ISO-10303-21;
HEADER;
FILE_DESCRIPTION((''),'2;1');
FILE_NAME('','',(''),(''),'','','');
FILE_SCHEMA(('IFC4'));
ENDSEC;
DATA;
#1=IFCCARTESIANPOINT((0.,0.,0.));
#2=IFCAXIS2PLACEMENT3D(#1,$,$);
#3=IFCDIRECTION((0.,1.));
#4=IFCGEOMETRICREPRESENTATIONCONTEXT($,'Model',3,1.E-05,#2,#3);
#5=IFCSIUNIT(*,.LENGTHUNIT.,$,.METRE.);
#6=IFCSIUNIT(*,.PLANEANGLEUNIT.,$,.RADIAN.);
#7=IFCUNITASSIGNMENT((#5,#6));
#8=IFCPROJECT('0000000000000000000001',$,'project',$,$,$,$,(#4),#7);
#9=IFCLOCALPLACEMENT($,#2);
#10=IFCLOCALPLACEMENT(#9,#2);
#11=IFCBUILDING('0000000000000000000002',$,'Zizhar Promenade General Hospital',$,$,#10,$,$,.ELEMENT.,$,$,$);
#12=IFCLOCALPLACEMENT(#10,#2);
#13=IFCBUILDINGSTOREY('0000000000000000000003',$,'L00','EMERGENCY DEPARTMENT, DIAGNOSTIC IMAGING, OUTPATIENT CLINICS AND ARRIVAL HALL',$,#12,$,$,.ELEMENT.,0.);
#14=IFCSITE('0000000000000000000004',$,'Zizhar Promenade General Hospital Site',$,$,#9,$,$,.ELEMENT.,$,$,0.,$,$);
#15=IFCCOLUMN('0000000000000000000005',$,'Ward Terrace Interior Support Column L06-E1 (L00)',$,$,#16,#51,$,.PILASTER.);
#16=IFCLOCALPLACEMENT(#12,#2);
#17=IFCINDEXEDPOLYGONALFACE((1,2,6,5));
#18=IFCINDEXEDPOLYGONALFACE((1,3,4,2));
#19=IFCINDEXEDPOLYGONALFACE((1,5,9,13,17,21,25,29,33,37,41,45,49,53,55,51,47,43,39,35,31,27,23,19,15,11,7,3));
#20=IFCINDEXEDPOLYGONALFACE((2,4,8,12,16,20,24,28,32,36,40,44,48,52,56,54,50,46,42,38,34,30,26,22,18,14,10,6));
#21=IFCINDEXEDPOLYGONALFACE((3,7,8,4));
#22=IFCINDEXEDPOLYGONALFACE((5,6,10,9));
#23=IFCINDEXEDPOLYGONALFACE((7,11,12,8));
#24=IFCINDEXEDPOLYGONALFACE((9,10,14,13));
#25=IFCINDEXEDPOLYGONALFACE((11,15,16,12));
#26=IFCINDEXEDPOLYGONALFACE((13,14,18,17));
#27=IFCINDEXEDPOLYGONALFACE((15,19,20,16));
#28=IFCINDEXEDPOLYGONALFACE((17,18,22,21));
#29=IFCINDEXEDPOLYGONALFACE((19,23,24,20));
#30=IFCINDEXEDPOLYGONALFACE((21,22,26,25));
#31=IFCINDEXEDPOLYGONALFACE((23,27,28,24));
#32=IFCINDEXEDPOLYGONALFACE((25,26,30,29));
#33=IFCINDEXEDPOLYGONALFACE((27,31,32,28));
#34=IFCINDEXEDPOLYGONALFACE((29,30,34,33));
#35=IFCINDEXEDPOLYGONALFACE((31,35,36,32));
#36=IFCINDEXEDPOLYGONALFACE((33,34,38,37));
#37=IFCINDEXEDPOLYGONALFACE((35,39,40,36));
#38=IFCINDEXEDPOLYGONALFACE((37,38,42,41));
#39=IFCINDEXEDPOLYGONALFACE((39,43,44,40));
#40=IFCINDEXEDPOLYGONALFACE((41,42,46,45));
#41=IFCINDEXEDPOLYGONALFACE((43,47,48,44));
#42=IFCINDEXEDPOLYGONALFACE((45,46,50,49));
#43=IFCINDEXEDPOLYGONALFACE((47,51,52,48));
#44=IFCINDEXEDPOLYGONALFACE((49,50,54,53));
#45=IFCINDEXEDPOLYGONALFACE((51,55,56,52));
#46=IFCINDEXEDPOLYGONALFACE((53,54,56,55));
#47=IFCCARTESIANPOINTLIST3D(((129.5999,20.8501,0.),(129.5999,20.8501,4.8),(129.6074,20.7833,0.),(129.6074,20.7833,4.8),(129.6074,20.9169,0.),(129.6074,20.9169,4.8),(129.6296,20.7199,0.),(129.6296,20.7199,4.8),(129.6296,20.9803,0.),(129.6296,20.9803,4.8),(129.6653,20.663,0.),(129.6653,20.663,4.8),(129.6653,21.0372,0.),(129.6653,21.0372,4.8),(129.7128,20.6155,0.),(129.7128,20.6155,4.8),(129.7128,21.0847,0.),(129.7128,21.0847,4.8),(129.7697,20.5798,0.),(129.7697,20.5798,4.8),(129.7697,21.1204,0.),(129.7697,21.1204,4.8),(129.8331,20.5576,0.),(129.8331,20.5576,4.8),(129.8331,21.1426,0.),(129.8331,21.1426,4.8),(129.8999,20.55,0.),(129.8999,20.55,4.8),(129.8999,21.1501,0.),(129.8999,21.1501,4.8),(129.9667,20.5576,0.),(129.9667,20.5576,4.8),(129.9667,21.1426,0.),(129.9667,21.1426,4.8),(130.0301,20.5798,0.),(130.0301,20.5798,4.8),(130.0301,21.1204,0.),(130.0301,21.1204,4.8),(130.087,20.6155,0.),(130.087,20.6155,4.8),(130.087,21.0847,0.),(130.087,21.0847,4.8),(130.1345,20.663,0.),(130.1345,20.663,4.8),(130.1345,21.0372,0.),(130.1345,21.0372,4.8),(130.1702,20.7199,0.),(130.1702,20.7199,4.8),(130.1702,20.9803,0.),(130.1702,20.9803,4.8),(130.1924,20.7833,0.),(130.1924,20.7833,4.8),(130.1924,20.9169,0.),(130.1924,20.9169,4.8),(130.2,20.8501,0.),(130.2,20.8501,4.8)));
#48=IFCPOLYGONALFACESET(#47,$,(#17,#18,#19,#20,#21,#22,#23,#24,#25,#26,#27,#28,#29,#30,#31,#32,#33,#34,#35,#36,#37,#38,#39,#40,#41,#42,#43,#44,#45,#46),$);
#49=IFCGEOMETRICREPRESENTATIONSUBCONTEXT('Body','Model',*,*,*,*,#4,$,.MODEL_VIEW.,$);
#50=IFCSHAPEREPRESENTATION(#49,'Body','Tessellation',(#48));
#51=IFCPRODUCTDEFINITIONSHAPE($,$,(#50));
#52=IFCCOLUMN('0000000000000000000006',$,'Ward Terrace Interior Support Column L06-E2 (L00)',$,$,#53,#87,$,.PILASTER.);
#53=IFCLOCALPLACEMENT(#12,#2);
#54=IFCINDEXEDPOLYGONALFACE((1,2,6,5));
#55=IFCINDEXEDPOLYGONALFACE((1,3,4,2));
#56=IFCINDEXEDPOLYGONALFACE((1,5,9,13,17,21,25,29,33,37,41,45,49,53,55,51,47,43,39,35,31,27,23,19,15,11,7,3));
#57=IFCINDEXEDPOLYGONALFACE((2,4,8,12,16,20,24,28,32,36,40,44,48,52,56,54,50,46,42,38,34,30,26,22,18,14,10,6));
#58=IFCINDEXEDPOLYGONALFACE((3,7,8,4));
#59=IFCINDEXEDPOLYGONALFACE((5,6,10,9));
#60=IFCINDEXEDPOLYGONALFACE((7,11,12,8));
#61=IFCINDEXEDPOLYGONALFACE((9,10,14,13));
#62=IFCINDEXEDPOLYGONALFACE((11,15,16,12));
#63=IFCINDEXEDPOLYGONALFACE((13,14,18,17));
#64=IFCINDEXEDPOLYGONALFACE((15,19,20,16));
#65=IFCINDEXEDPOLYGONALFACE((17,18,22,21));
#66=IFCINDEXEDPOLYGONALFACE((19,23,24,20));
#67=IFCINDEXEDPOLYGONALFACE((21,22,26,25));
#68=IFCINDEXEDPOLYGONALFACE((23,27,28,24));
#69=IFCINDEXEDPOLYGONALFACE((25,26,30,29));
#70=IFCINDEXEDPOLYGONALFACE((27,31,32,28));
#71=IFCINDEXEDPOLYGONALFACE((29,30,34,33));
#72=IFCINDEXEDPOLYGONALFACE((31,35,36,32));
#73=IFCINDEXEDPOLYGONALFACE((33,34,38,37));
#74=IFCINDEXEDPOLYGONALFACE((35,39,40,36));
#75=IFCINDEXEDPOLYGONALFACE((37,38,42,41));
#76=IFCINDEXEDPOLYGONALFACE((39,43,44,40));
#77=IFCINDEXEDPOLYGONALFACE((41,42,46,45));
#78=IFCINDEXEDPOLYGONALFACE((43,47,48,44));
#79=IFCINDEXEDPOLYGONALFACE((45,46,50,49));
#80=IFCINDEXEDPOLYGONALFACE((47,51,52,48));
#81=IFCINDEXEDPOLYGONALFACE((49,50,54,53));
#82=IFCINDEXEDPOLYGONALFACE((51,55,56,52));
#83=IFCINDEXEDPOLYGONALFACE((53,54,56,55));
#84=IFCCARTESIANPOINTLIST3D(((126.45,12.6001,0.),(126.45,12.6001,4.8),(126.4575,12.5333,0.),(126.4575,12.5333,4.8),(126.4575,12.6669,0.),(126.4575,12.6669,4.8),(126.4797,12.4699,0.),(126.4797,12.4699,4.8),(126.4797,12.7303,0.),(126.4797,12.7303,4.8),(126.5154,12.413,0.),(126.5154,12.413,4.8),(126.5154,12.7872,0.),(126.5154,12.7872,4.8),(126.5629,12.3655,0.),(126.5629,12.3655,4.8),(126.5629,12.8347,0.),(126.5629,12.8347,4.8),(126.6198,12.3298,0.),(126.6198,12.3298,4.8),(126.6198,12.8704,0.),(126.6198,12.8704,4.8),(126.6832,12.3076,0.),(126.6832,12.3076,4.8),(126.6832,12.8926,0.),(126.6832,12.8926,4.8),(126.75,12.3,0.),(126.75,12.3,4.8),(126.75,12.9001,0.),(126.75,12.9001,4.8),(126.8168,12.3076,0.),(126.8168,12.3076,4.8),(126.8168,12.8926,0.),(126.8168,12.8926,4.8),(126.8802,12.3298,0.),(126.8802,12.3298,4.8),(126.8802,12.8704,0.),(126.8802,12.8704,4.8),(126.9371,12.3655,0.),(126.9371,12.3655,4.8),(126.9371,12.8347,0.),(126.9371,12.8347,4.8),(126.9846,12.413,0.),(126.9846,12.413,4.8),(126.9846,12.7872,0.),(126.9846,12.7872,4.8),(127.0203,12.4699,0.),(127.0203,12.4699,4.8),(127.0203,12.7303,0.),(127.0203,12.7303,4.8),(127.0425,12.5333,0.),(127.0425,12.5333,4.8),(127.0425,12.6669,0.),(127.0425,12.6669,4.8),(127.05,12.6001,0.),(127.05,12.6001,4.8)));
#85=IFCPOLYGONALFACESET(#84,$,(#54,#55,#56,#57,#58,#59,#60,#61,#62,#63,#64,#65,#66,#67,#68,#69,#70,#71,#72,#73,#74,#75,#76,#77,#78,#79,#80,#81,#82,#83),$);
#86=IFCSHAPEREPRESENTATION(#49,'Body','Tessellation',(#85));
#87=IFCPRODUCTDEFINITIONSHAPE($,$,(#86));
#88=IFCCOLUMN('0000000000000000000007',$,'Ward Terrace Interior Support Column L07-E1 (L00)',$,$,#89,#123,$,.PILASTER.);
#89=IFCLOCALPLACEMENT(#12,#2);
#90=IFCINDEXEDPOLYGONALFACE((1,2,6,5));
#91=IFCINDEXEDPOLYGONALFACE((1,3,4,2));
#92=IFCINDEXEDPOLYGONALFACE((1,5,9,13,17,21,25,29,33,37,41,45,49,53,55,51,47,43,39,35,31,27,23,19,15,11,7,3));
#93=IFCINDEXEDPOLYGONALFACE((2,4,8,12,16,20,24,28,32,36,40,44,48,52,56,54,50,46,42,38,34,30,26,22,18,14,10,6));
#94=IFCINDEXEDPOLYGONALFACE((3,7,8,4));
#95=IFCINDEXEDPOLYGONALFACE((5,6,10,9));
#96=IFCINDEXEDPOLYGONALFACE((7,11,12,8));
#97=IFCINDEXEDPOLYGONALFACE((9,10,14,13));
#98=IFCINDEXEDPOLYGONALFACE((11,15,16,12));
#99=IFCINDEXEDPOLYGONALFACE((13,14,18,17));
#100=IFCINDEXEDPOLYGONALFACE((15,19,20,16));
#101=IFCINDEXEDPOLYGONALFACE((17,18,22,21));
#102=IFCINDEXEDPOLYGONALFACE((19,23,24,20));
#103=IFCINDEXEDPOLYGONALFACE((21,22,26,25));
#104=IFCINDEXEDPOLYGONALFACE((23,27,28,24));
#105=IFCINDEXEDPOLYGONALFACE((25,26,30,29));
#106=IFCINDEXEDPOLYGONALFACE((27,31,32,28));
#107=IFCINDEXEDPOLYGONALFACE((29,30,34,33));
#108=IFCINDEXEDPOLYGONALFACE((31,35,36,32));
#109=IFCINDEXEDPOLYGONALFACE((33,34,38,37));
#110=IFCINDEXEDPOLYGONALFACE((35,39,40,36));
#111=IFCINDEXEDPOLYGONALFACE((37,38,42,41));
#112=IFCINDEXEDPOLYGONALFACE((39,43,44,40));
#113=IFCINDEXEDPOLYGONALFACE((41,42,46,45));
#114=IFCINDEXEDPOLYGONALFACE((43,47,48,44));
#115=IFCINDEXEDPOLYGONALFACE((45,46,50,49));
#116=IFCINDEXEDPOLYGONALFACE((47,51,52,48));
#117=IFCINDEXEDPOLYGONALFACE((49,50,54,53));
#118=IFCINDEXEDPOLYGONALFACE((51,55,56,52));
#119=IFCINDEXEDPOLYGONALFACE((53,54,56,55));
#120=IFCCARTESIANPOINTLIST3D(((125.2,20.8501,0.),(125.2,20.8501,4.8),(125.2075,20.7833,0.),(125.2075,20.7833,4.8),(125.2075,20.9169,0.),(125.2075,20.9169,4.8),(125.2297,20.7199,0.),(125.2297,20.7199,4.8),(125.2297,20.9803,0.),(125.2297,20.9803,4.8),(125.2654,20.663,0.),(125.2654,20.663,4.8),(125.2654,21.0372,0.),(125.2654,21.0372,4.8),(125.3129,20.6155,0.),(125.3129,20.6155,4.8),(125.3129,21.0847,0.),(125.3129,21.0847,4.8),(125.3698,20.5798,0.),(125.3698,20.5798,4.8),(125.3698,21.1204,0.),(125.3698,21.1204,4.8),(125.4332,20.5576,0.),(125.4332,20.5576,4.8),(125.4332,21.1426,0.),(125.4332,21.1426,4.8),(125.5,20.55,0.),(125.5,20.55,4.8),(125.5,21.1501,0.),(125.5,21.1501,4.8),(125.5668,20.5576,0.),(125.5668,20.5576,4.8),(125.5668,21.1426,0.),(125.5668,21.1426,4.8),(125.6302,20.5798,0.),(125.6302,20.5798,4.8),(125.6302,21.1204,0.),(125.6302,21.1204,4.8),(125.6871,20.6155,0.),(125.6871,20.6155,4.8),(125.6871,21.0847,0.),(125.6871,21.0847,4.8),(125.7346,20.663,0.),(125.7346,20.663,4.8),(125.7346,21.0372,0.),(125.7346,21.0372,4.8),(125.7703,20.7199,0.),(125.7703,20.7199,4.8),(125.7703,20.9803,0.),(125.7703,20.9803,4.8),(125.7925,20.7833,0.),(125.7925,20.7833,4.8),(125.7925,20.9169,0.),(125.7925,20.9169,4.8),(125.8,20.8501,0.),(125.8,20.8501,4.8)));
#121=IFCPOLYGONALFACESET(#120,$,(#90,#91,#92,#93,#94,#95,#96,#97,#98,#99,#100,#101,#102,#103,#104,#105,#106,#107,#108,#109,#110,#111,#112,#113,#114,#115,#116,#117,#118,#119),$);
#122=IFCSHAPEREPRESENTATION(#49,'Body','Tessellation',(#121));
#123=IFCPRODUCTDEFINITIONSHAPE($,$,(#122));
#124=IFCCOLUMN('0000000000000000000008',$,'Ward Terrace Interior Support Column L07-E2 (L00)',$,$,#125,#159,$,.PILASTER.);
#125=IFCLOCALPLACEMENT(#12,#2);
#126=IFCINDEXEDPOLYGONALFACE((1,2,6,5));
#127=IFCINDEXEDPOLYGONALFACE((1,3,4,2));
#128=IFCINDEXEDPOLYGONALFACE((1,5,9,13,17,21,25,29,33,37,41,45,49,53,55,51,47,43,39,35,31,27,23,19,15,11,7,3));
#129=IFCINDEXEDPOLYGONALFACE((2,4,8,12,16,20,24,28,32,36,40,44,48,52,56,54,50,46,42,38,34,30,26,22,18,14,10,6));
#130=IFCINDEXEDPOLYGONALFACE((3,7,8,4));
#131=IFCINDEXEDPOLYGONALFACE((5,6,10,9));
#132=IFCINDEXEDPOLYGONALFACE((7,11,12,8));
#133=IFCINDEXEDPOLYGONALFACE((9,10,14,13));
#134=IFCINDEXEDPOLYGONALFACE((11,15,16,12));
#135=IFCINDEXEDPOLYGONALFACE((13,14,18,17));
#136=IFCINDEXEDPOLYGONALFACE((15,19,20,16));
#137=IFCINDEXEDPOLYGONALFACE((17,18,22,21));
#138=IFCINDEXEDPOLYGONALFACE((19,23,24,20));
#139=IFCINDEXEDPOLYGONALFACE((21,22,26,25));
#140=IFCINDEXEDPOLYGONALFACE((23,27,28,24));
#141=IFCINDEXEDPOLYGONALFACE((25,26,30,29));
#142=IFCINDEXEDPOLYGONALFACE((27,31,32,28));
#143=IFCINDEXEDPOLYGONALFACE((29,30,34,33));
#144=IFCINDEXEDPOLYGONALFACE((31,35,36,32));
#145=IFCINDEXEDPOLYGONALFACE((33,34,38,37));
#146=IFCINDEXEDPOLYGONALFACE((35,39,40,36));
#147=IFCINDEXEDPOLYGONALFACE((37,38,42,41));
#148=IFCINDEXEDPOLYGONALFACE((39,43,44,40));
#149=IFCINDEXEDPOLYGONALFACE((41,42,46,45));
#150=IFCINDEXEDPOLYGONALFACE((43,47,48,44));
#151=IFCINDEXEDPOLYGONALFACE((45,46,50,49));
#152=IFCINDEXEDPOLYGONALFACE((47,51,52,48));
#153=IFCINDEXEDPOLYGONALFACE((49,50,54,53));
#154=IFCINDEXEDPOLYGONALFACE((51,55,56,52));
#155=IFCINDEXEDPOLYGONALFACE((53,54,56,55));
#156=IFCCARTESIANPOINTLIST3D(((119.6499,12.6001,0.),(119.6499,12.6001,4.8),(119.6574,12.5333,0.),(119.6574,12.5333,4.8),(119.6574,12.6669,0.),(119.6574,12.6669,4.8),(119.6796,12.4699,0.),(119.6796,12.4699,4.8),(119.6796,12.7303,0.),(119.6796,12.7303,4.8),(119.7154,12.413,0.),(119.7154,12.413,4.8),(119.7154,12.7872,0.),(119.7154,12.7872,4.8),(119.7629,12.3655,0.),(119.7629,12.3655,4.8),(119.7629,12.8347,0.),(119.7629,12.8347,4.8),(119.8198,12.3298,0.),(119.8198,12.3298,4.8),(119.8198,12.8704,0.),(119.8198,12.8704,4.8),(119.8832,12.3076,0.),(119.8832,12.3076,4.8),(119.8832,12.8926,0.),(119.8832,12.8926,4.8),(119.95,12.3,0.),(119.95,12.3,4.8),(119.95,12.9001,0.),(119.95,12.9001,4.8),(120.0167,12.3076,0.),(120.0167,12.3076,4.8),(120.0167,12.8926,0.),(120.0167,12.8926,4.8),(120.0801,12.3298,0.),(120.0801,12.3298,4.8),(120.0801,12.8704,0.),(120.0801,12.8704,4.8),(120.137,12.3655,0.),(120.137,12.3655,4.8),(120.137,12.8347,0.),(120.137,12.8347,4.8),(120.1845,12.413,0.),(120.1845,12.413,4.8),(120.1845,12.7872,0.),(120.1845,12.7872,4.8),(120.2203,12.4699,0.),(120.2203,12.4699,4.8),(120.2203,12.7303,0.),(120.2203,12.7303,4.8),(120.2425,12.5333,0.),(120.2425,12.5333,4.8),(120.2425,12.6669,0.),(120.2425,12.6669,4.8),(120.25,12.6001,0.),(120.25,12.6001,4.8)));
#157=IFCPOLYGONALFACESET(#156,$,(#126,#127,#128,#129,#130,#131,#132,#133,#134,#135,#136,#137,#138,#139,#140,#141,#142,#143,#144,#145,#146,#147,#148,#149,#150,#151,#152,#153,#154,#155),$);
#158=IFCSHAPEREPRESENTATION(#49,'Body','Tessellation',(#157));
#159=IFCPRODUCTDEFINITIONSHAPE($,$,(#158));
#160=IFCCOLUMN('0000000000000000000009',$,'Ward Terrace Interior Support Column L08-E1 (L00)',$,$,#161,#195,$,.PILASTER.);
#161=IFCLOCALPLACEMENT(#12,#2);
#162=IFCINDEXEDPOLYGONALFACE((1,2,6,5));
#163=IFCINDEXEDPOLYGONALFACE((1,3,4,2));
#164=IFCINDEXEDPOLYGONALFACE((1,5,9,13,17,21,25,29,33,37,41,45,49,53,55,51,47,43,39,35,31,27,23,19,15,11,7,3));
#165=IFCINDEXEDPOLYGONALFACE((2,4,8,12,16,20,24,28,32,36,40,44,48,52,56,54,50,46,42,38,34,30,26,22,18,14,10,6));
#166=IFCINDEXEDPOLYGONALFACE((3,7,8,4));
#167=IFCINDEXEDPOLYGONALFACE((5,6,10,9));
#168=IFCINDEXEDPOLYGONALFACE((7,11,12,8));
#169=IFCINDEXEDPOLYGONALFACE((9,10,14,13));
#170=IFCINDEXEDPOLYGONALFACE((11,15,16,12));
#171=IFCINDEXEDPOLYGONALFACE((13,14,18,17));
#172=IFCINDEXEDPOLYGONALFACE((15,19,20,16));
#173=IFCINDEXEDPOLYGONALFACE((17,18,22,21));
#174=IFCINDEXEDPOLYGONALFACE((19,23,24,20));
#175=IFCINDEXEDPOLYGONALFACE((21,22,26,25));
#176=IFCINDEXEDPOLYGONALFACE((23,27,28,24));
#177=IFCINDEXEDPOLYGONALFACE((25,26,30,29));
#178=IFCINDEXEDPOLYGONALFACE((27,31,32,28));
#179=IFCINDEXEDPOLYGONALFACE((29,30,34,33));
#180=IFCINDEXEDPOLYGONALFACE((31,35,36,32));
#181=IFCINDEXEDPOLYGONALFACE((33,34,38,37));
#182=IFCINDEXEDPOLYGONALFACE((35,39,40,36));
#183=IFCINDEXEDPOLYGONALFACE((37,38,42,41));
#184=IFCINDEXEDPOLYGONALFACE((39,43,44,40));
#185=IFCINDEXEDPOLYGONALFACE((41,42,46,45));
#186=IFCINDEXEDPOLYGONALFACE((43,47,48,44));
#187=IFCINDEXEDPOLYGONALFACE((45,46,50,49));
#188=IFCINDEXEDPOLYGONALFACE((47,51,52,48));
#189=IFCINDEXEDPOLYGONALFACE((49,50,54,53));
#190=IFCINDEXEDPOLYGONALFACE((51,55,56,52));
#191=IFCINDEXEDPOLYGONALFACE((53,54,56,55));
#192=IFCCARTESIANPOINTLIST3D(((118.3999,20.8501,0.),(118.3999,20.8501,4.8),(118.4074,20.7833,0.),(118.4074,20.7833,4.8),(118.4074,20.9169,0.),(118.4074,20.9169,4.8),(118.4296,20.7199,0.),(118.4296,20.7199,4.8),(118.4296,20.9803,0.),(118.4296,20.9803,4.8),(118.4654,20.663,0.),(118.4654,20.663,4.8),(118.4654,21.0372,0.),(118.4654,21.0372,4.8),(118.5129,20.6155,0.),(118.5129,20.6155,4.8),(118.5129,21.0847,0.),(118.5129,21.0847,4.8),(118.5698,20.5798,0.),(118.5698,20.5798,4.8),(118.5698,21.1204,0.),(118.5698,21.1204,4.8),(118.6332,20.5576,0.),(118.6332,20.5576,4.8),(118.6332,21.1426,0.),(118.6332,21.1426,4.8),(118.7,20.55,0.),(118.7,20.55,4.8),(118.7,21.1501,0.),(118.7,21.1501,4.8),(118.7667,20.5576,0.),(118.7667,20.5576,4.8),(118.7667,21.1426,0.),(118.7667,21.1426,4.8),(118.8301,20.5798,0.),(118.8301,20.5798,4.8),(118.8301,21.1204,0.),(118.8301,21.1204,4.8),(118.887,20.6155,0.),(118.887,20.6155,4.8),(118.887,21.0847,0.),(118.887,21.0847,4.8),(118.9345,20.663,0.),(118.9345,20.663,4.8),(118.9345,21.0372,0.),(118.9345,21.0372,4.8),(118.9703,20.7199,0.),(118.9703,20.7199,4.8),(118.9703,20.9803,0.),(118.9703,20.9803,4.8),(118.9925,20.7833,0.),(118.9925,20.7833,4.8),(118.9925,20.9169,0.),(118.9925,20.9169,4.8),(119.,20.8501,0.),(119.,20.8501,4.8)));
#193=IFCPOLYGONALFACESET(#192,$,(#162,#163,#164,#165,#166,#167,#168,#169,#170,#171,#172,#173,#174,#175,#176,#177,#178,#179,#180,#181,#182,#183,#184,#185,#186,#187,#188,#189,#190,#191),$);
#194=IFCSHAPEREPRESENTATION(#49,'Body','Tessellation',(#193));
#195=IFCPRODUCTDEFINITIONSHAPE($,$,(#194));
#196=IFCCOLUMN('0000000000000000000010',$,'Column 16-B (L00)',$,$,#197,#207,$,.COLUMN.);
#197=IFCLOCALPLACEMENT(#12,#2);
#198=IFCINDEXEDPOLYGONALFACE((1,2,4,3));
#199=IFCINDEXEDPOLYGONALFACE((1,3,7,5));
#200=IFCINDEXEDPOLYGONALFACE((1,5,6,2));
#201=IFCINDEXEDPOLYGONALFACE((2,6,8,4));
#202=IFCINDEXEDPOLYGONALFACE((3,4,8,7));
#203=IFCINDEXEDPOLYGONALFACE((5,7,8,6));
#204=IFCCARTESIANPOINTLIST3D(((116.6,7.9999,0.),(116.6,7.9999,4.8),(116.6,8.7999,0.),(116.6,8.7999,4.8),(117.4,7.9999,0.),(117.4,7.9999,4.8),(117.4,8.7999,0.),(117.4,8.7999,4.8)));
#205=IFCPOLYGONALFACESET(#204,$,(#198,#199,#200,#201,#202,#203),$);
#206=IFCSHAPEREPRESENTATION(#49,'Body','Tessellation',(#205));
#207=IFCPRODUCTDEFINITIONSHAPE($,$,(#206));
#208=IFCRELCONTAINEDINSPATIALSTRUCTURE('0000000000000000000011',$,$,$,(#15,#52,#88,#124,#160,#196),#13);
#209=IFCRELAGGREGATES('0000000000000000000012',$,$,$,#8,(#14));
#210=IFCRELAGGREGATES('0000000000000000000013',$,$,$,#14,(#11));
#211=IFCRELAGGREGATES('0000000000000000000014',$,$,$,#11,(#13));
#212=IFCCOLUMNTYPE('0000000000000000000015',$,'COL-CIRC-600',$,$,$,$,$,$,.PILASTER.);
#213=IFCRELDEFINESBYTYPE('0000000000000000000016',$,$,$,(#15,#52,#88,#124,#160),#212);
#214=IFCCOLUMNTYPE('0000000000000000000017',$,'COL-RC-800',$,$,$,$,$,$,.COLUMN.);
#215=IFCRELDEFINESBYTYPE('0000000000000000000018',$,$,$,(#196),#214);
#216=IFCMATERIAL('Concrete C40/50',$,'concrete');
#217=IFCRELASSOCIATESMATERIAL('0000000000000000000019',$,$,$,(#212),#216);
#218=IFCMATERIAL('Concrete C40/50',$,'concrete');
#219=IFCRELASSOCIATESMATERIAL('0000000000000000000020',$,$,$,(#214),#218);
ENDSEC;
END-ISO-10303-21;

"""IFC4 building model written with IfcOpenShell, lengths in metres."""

from ifc_helpers import new_model, si_unit, direction, frame, origin, origin_2d, place, context, subcontext, project, spatial, rectangle, circle, extrude, material, material_profile, profile_set, type_object, element, save


model = new_model("IFC4")

# Units and contexts
model_context = context("Model", 3, precision=1e-05, world=origin(), true_north=direction((0.0, 1.0)))
body_context = subcontext(model_context, "Body", "Model", "MODEL_VIEW")
ifc_project = project(units=[si_unit("LENGTHUNIT", "METRE"), si_unit("PLANEANGLEUNIT", "RADIAN")], contexts=[model_context])

# Site, building, storey
site_placement = place(None, origin())
site = spatial("IfcSite", under=ifc_project, at=site_placement, Name="Zizhar Promenade General Hospital Site", CompositionType="ELEMENT", RefElevation=0.0)
building_placement = place(site_placement, origin())
building = spatial("IfcBuilding", under=site, at=building_placement, Name="Zizhar Promenade General Hospital", CompositionType="ELEMENT")
storey_placement = place(building_placement, origin())
storey = spatial("IfcBuildingStorey", under=building, at=storey_placement, Name="L00", Description="EMERGENCY DEPARTMENT, DIAGNOSTIC IMAGING, OUTPATIENT CLINICS AND ARRIVAL HALL", CompositionType="ELEMENT", Elevation=0.0)

# Columns
ifc_material_1 = material(Name="Concrete C40/50", Category="concrete")
ifc_material_profile_1 = material_profile(ifc_material_1, circle(Radius=0.3, at=origin_2d()))
ifc_profile_set_1 = profile_set([ifc_material_profile_1], Name="Concrete C40/50")
column_type_1 = type_object("IfcColumnType", Name="COL-CIRC-600", PredefinedType="PILASTER", material=ifc_profile_set_1)
for number, where, z_axis, x_axis, name in (
    (1, (129.8999, 20.8501, 0.0), (0.0, 0.0, 1.0), (1.0, 0.0, 0.0), "Ward Terrace Interior Support Column L06-E1 (L00)"),
    (2, (126.75, 12.6001, 0.0), (0.0, 0.0, 1.0), (1.0, 0.0, 0.0), "Ward Terrace Interior Support Column L06-E2 (L00)"),
    (3, (125.5, 20.8501, 0.0), (0.0, 0.0, 1.0), (1.0, 0.0, 0.0), "Ward Terrace Interior Support Column L07-E1 (L00)"),
    (4, (119.95, 12.6001, 0.0), (0.0, 0.0, 1.0), (1.0, 0.0, 0.0), "Ward Terrace Interior Support Column L07-E2 (L00)"),
    (5, (118.7, 20.8501, 0.0), (0.0, 0.0, 1.0), (1.0, 0.0, 0.0), "Ward Terrace Interior Support Column L08-E1 (L00)"),
):
    element("IfcColumn", number, at=place(storey_placement, frame(where, z_axis=z_axis, x_axis=x_axis)), inside=storey, type_object=column_type_1, Name=name, PredefinedType="PILASTER", context=body_context, shape_type="SweptSolid", body=[
        extrude(circle(Radius=0.3, at=origin_2d()), origin(), (0.0, 0.0, 1.0), 4.8),
    ])
ifc_material_2 = material(Name="Concrete C40/50", Category="concrete")
ifc_material_profile_2 = material_profile(ifc_material_2, rectangle(XDim=0.8, YDim=0.8, at=origin_2d()))
ifc_profile_set_2 = profile_set([ifc_material_profile_2], Name="Concrete C40/50")
column_type_2 = type_object("IfcColumnType", Name="COL-RC-800", PredefinedType="COLUMN", material=ifc_profile_set_2)
for number, where, z_axis, x_axis, name in (
    (6, (117.0, 8.3999, 0.0), (0.0, 0.0, 1.0), (1.0, 0.0, 0.0), "Column 16-B (L00)"),
):
    element("IfcColumn", number, at=place(storey_placement, frame(where, z_axis=z_axis, x_axis=x_axis)), inside=storey, type_object=column_type_2, Name=name, PredefinedType="COLUMN", context=body_context, shape_type="SweptSolid", body=[
        extrude(rectangle(XDim=0.8, YDim=0.8, at=origin_2d()), origin(), (0.0, 0.0, 1.0), 4.8),
    ])

save(model, "model.ifc")
